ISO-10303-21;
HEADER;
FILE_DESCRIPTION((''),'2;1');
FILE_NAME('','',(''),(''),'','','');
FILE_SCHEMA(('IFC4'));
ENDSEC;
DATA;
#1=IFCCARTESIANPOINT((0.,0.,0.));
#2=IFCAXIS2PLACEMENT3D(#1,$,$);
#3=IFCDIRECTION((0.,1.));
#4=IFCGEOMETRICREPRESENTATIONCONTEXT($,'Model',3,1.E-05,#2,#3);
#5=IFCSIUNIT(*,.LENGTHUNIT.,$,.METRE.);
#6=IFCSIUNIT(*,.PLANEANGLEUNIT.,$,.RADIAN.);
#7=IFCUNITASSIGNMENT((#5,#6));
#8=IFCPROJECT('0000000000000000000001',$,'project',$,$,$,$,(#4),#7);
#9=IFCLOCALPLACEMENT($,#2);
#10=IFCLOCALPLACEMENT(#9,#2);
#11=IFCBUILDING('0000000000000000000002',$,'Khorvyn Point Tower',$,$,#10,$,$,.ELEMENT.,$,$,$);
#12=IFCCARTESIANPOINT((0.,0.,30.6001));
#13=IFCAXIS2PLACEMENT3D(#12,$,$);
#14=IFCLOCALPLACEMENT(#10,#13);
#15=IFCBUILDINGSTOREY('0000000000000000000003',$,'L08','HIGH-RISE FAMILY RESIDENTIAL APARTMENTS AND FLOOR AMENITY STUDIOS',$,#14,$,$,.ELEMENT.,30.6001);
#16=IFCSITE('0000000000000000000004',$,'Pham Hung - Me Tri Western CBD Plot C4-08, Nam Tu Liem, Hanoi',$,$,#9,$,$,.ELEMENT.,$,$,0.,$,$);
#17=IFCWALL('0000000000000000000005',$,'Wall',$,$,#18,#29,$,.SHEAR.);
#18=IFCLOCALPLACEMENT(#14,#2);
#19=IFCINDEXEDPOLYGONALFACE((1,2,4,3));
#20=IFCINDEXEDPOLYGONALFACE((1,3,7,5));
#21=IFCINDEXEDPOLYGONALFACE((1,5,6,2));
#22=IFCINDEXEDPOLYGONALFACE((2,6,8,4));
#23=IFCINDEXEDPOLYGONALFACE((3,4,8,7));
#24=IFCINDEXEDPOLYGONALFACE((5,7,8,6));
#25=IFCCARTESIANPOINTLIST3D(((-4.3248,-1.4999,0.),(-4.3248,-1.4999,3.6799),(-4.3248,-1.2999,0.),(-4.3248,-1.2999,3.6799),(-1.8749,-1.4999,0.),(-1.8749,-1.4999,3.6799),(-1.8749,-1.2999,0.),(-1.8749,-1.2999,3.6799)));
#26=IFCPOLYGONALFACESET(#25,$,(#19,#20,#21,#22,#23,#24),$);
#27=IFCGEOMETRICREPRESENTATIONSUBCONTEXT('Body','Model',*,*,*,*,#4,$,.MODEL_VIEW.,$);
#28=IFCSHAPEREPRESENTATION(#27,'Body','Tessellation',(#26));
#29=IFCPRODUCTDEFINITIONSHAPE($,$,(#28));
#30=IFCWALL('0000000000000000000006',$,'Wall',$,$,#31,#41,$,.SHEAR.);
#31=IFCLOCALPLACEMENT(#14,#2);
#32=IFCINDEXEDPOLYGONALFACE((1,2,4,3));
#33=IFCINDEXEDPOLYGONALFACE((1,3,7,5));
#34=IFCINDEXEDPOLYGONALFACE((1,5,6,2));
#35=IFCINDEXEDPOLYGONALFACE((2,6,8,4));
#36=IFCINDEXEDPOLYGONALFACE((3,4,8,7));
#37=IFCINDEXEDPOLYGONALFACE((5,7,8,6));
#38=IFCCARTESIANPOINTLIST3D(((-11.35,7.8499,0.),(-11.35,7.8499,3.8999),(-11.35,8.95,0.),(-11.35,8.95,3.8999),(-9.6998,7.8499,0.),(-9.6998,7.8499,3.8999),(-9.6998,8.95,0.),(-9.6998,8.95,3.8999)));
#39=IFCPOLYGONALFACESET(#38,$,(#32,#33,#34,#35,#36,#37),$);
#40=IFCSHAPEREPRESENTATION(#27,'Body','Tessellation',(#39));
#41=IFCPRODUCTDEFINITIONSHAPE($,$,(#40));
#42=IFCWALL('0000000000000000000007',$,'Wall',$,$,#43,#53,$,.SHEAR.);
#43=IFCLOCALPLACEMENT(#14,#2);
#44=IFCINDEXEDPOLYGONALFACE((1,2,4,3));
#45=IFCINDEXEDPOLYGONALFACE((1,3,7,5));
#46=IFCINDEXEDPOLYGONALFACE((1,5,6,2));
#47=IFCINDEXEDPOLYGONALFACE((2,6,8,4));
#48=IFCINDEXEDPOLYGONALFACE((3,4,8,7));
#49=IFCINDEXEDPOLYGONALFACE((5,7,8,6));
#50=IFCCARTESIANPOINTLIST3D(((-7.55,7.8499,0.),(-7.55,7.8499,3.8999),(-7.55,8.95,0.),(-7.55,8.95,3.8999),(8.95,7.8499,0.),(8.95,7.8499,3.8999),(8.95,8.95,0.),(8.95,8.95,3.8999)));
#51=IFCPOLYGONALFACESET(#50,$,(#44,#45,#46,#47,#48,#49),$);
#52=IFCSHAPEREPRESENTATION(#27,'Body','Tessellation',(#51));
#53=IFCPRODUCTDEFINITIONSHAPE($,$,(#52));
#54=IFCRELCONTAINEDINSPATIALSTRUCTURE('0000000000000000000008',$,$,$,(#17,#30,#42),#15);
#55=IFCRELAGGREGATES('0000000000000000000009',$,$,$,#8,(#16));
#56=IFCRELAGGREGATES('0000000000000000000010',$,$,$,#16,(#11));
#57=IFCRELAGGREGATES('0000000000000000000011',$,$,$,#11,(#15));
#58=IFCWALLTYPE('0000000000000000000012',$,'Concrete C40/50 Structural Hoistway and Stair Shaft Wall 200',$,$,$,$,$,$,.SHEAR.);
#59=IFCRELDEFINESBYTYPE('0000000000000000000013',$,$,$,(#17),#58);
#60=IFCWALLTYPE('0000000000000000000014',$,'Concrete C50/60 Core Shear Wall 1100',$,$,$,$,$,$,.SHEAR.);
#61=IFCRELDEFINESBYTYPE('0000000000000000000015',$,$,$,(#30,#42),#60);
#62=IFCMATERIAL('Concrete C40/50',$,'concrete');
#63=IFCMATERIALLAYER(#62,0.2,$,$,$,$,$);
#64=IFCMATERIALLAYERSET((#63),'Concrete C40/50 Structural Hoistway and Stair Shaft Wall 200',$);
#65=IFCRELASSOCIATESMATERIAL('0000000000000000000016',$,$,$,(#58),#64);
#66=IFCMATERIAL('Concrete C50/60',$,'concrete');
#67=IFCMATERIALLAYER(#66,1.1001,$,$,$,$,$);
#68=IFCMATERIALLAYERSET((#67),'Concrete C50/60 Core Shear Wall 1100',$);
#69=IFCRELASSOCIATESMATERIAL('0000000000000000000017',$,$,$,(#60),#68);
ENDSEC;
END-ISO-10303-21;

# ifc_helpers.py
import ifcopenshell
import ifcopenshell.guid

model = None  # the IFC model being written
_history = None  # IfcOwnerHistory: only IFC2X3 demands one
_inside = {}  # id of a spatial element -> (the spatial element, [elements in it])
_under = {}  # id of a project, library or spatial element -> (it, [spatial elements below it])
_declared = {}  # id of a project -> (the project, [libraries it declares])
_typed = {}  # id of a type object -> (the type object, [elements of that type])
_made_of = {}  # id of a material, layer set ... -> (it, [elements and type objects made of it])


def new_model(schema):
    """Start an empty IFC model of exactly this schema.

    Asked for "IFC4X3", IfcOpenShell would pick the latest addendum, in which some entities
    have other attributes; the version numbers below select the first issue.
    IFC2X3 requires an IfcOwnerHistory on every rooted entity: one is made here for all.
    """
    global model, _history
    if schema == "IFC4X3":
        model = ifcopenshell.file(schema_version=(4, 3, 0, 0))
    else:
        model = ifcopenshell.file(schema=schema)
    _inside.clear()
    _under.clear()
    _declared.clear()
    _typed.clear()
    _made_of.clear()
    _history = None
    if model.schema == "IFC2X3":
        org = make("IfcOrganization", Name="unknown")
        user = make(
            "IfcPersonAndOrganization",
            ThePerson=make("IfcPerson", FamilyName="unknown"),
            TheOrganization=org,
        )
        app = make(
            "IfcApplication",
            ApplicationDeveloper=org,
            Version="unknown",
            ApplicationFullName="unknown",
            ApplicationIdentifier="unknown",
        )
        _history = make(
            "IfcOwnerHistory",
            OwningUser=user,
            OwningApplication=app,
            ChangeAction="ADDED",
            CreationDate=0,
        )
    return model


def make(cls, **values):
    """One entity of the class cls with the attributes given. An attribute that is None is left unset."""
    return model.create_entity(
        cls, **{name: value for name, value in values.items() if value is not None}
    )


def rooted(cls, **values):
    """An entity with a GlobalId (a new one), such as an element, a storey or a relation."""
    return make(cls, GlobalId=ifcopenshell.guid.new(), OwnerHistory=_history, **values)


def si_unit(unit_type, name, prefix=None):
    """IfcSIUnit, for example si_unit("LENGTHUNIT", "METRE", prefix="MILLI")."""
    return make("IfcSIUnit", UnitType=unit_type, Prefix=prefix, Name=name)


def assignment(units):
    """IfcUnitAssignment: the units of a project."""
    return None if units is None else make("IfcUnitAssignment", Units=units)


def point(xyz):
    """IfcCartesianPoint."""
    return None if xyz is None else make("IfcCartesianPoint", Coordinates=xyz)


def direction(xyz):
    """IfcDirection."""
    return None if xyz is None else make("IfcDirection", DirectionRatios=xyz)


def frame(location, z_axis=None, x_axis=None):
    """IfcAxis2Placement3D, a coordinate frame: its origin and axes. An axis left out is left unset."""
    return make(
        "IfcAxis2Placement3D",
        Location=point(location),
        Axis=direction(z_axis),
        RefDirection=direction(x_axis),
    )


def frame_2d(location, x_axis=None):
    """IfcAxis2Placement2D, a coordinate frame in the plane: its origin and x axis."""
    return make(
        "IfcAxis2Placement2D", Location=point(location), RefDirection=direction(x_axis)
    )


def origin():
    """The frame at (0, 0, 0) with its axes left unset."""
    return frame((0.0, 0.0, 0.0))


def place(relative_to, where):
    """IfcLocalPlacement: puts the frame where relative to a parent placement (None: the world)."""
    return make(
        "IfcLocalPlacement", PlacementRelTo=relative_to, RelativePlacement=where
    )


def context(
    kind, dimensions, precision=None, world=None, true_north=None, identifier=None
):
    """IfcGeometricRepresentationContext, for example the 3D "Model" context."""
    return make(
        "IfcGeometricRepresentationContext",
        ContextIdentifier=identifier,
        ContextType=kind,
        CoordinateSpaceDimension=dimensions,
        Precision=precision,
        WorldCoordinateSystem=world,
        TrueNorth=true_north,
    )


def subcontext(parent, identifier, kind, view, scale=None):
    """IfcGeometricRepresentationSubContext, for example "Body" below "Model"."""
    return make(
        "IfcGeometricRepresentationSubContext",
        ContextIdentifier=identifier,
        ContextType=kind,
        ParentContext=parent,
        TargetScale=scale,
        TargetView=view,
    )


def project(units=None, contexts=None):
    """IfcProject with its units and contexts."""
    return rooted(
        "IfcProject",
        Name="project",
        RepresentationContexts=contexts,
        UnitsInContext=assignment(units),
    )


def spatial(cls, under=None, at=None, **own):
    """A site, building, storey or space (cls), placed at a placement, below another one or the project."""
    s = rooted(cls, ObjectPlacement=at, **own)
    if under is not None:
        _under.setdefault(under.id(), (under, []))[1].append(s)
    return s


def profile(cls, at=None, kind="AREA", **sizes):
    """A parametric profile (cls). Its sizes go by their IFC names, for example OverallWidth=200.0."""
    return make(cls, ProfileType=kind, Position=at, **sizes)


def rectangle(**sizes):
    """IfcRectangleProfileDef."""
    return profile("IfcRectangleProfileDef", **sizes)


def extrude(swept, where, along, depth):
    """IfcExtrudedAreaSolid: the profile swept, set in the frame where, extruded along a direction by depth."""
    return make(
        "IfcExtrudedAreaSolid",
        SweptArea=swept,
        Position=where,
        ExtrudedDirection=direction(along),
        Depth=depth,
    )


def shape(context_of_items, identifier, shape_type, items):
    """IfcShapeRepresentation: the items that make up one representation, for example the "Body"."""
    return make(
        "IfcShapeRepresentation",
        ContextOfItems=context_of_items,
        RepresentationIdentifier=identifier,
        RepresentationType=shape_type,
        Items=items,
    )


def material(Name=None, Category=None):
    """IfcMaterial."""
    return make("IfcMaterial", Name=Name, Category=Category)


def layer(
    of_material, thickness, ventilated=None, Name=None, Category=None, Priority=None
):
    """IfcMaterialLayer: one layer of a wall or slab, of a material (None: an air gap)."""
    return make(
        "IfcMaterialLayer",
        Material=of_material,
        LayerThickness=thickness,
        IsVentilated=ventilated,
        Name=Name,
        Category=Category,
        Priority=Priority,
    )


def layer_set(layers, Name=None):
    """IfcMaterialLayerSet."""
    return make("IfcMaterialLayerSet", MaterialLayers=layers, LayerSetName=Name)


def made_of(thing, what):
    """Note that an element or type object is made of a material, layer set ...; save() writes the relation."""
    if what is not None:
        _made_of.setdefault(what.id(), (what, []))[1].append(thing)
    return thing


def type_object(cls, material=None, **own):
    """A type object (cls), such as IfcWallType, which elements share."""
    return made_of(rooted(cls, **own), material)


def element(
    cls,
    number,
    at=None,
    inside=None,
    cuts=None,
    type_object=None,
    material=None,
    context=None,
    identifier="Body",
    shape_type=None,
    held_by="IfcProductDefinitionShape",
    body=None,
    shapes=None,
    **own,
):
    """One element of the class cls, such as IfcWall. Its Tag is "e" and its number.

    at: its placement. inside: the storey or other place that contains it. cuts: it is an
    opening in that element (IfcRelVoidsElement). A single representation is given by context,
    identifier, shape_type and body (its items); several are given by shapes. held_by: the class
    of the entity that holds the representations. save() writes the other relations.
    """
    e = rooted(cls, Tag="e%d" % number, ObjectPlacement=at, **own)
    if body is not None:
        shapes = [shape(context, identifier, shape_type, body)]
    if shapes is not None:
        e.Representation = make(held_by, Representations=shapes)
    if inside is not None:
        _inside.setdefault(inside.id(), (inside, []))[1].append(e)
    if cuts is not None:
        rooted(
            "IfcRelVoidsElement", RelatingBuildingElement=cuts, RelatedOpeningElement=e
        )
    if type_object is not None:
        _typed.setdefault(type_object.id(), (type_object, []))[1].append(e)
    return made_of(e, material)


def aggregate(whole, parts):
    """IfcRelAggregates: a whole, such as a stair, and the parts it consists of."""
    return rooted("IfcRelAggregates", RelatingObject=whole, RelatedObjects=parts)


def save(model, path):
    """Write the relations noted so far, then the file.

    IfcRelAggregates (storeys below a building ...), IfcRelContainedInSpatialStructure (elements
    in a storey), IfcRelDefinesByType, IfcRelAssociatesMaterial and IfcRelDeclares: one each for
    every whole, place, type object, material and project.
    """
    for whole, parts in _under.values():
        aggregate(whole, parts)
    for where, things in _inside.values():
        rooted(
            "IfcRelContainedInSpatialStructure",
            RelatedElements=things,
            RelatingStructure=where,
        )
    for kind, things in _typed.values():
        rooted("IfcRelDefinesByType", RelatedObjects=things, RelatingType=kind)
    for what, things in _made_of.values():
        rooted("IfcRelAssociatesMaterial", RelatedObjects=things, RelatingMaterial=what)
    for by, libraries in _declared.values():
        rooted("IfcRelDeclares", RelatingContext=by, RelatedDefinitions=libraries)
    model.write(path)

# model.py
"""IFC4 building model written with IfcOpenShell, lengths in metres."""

from ifc_helpers import new_model, si_unit, direction, frame, frame_2d, origin, place, context, subcontext, project, spatial, rectangle, extrude, material, layer, layer_set, type_object, element, save


model = new_model("IFC4")

# Units and contexts
model_context = context("Model", 3, precision=1e-05, world=origin(), true_north=direction((0.0, 1.0)))
body_context = subcontext(model_context, "Body", "Model", "MODEL_VIEW")
ifc_project = project(units=[si_unit("LENGTHUNIT", "METRE"), si_unit("PLANEANGLEUNIT", "RADIAN")], contexts=[model_context])

# Site, building, storey
site_placement = place(None, origin())
site = spatial("IfcSite", under=ifc_project, at=site_placement, Name="Pham Hung - Me Tri Western CBD Plot C4-08, Nam Tu Liem, Hanoi", CompositionType="ELEMENT", RefElevation=0.0)
building_placement = place(site_placement, origin())
building = spatial("IfcBuilding", under=site, at=building_placement, Name="Khorvyn Point Tower", CompositionType="ELEMENT")
storey_placement = place(building_placement, frame((0.0, 0.0, 30.6001)))
storey = spatial("IfcBuildingStorey", under=building, at=storey_placement, Name="L08", Description="HIGH-RISE FAMILY RESIDENTIAL APARTMENTS AND FLOOR AMENITY STUDIOS", CompositionType="ELEMENT", Elevation=30.6001)

# Shared definitions
ifc_material_1 = material(Name="Concrete C40/50", Category="concrete")

# Shared definitions
ifc_material_2 = material(Name="Concrete C50/60", Category="concrete")

# Shared definitions
ifc_layer_1 = layer(ifc_material_1, 0.2)
ifc_layer_set_1 = layer_set([ifc_layer_1], Name="Concrete C40/50 Structural Hoistway and Stair Shaft Wall 200")
wall_type_1 = type_object("IfcWallType", Name="Concrete C40/50 Structural Hoistway and Stair Shaft Wall 200", PredefinedType="SHEAR", material=ifc_layer_set_1)

# Walls
wall_1_placement = place(storey_placement, frame((-4.325, -1.3999, 0.0), z_axis=(0.0, 0.0, 1.0), x_axis=(1.0, 0.0, 0.0)))
element("IfcWall", 1, at=wall_1_placement, inside=storey, type_object=wall_type_1, Name="Wall", PredefinedType="SHEAR", context=body_context, shape_type="SweptSolid", body=[
    extrude(rectangle(XDim=2.45, YDim=0.2, at=frame_2d((1.2251, 0.0))), origin(), (0.0, 0.0, 1.0), 3.6799),
])
ifc_layer_2 = layer(ifc_material_2, 1.1001)
ifc_layer_set_2 = layer_set([ifc_layer_2], Name="Concrete C50/60 Core Shear Wall 1100")
wall_type_2 = type_object("IfcWallType", Name="Concrete C50/60 Core Shear Wall 1100", PredefinedType="SHEAR", material=ifc_layer_set_2)
wall_2_placement = place(storey_placement, frame((-11.3501, 8.3999, 0.0), z_axis=(0.0, 0.0, 1.0), x_axis=(1.0, 0.0, 0.0)))
element("IfcWall", 2, at=wall_2_placement, inside=storey, type_object=wall_type_2, Name="Wall", PredefinedType="SHEAR", context=body_context, shape_type="SweptSolid", body=[
    extrude(rectangle(XDim=1.6501, YDim=1.1001, at=frame_2d((0.8252, 0.0))), origin(), (0.0, 0.0, 1.0), 3.8999),
])
wall_3_placement = place(storey_placement, frame((-7.55, 8.3999, 0.0), z_axis=(0.0, 0.0, 1.0), x_axis=(1.0, 0.0, 0.0)))
element("IfcWall", 3, at=wall_3_placement, inside=storey, type_object=wall_type_2, Name="Wall", PredefinedType="SHEAR", context=body_context, shape_type="SweptSolid", body=[
    extrude(rectangle(XDim=16.5, YDim=1.1001, at=frame_2d((8.25, 0.0))), origin(), (0.0, 0.0, 1.0), 3.8999),
])

save(model, "model.ifc")
